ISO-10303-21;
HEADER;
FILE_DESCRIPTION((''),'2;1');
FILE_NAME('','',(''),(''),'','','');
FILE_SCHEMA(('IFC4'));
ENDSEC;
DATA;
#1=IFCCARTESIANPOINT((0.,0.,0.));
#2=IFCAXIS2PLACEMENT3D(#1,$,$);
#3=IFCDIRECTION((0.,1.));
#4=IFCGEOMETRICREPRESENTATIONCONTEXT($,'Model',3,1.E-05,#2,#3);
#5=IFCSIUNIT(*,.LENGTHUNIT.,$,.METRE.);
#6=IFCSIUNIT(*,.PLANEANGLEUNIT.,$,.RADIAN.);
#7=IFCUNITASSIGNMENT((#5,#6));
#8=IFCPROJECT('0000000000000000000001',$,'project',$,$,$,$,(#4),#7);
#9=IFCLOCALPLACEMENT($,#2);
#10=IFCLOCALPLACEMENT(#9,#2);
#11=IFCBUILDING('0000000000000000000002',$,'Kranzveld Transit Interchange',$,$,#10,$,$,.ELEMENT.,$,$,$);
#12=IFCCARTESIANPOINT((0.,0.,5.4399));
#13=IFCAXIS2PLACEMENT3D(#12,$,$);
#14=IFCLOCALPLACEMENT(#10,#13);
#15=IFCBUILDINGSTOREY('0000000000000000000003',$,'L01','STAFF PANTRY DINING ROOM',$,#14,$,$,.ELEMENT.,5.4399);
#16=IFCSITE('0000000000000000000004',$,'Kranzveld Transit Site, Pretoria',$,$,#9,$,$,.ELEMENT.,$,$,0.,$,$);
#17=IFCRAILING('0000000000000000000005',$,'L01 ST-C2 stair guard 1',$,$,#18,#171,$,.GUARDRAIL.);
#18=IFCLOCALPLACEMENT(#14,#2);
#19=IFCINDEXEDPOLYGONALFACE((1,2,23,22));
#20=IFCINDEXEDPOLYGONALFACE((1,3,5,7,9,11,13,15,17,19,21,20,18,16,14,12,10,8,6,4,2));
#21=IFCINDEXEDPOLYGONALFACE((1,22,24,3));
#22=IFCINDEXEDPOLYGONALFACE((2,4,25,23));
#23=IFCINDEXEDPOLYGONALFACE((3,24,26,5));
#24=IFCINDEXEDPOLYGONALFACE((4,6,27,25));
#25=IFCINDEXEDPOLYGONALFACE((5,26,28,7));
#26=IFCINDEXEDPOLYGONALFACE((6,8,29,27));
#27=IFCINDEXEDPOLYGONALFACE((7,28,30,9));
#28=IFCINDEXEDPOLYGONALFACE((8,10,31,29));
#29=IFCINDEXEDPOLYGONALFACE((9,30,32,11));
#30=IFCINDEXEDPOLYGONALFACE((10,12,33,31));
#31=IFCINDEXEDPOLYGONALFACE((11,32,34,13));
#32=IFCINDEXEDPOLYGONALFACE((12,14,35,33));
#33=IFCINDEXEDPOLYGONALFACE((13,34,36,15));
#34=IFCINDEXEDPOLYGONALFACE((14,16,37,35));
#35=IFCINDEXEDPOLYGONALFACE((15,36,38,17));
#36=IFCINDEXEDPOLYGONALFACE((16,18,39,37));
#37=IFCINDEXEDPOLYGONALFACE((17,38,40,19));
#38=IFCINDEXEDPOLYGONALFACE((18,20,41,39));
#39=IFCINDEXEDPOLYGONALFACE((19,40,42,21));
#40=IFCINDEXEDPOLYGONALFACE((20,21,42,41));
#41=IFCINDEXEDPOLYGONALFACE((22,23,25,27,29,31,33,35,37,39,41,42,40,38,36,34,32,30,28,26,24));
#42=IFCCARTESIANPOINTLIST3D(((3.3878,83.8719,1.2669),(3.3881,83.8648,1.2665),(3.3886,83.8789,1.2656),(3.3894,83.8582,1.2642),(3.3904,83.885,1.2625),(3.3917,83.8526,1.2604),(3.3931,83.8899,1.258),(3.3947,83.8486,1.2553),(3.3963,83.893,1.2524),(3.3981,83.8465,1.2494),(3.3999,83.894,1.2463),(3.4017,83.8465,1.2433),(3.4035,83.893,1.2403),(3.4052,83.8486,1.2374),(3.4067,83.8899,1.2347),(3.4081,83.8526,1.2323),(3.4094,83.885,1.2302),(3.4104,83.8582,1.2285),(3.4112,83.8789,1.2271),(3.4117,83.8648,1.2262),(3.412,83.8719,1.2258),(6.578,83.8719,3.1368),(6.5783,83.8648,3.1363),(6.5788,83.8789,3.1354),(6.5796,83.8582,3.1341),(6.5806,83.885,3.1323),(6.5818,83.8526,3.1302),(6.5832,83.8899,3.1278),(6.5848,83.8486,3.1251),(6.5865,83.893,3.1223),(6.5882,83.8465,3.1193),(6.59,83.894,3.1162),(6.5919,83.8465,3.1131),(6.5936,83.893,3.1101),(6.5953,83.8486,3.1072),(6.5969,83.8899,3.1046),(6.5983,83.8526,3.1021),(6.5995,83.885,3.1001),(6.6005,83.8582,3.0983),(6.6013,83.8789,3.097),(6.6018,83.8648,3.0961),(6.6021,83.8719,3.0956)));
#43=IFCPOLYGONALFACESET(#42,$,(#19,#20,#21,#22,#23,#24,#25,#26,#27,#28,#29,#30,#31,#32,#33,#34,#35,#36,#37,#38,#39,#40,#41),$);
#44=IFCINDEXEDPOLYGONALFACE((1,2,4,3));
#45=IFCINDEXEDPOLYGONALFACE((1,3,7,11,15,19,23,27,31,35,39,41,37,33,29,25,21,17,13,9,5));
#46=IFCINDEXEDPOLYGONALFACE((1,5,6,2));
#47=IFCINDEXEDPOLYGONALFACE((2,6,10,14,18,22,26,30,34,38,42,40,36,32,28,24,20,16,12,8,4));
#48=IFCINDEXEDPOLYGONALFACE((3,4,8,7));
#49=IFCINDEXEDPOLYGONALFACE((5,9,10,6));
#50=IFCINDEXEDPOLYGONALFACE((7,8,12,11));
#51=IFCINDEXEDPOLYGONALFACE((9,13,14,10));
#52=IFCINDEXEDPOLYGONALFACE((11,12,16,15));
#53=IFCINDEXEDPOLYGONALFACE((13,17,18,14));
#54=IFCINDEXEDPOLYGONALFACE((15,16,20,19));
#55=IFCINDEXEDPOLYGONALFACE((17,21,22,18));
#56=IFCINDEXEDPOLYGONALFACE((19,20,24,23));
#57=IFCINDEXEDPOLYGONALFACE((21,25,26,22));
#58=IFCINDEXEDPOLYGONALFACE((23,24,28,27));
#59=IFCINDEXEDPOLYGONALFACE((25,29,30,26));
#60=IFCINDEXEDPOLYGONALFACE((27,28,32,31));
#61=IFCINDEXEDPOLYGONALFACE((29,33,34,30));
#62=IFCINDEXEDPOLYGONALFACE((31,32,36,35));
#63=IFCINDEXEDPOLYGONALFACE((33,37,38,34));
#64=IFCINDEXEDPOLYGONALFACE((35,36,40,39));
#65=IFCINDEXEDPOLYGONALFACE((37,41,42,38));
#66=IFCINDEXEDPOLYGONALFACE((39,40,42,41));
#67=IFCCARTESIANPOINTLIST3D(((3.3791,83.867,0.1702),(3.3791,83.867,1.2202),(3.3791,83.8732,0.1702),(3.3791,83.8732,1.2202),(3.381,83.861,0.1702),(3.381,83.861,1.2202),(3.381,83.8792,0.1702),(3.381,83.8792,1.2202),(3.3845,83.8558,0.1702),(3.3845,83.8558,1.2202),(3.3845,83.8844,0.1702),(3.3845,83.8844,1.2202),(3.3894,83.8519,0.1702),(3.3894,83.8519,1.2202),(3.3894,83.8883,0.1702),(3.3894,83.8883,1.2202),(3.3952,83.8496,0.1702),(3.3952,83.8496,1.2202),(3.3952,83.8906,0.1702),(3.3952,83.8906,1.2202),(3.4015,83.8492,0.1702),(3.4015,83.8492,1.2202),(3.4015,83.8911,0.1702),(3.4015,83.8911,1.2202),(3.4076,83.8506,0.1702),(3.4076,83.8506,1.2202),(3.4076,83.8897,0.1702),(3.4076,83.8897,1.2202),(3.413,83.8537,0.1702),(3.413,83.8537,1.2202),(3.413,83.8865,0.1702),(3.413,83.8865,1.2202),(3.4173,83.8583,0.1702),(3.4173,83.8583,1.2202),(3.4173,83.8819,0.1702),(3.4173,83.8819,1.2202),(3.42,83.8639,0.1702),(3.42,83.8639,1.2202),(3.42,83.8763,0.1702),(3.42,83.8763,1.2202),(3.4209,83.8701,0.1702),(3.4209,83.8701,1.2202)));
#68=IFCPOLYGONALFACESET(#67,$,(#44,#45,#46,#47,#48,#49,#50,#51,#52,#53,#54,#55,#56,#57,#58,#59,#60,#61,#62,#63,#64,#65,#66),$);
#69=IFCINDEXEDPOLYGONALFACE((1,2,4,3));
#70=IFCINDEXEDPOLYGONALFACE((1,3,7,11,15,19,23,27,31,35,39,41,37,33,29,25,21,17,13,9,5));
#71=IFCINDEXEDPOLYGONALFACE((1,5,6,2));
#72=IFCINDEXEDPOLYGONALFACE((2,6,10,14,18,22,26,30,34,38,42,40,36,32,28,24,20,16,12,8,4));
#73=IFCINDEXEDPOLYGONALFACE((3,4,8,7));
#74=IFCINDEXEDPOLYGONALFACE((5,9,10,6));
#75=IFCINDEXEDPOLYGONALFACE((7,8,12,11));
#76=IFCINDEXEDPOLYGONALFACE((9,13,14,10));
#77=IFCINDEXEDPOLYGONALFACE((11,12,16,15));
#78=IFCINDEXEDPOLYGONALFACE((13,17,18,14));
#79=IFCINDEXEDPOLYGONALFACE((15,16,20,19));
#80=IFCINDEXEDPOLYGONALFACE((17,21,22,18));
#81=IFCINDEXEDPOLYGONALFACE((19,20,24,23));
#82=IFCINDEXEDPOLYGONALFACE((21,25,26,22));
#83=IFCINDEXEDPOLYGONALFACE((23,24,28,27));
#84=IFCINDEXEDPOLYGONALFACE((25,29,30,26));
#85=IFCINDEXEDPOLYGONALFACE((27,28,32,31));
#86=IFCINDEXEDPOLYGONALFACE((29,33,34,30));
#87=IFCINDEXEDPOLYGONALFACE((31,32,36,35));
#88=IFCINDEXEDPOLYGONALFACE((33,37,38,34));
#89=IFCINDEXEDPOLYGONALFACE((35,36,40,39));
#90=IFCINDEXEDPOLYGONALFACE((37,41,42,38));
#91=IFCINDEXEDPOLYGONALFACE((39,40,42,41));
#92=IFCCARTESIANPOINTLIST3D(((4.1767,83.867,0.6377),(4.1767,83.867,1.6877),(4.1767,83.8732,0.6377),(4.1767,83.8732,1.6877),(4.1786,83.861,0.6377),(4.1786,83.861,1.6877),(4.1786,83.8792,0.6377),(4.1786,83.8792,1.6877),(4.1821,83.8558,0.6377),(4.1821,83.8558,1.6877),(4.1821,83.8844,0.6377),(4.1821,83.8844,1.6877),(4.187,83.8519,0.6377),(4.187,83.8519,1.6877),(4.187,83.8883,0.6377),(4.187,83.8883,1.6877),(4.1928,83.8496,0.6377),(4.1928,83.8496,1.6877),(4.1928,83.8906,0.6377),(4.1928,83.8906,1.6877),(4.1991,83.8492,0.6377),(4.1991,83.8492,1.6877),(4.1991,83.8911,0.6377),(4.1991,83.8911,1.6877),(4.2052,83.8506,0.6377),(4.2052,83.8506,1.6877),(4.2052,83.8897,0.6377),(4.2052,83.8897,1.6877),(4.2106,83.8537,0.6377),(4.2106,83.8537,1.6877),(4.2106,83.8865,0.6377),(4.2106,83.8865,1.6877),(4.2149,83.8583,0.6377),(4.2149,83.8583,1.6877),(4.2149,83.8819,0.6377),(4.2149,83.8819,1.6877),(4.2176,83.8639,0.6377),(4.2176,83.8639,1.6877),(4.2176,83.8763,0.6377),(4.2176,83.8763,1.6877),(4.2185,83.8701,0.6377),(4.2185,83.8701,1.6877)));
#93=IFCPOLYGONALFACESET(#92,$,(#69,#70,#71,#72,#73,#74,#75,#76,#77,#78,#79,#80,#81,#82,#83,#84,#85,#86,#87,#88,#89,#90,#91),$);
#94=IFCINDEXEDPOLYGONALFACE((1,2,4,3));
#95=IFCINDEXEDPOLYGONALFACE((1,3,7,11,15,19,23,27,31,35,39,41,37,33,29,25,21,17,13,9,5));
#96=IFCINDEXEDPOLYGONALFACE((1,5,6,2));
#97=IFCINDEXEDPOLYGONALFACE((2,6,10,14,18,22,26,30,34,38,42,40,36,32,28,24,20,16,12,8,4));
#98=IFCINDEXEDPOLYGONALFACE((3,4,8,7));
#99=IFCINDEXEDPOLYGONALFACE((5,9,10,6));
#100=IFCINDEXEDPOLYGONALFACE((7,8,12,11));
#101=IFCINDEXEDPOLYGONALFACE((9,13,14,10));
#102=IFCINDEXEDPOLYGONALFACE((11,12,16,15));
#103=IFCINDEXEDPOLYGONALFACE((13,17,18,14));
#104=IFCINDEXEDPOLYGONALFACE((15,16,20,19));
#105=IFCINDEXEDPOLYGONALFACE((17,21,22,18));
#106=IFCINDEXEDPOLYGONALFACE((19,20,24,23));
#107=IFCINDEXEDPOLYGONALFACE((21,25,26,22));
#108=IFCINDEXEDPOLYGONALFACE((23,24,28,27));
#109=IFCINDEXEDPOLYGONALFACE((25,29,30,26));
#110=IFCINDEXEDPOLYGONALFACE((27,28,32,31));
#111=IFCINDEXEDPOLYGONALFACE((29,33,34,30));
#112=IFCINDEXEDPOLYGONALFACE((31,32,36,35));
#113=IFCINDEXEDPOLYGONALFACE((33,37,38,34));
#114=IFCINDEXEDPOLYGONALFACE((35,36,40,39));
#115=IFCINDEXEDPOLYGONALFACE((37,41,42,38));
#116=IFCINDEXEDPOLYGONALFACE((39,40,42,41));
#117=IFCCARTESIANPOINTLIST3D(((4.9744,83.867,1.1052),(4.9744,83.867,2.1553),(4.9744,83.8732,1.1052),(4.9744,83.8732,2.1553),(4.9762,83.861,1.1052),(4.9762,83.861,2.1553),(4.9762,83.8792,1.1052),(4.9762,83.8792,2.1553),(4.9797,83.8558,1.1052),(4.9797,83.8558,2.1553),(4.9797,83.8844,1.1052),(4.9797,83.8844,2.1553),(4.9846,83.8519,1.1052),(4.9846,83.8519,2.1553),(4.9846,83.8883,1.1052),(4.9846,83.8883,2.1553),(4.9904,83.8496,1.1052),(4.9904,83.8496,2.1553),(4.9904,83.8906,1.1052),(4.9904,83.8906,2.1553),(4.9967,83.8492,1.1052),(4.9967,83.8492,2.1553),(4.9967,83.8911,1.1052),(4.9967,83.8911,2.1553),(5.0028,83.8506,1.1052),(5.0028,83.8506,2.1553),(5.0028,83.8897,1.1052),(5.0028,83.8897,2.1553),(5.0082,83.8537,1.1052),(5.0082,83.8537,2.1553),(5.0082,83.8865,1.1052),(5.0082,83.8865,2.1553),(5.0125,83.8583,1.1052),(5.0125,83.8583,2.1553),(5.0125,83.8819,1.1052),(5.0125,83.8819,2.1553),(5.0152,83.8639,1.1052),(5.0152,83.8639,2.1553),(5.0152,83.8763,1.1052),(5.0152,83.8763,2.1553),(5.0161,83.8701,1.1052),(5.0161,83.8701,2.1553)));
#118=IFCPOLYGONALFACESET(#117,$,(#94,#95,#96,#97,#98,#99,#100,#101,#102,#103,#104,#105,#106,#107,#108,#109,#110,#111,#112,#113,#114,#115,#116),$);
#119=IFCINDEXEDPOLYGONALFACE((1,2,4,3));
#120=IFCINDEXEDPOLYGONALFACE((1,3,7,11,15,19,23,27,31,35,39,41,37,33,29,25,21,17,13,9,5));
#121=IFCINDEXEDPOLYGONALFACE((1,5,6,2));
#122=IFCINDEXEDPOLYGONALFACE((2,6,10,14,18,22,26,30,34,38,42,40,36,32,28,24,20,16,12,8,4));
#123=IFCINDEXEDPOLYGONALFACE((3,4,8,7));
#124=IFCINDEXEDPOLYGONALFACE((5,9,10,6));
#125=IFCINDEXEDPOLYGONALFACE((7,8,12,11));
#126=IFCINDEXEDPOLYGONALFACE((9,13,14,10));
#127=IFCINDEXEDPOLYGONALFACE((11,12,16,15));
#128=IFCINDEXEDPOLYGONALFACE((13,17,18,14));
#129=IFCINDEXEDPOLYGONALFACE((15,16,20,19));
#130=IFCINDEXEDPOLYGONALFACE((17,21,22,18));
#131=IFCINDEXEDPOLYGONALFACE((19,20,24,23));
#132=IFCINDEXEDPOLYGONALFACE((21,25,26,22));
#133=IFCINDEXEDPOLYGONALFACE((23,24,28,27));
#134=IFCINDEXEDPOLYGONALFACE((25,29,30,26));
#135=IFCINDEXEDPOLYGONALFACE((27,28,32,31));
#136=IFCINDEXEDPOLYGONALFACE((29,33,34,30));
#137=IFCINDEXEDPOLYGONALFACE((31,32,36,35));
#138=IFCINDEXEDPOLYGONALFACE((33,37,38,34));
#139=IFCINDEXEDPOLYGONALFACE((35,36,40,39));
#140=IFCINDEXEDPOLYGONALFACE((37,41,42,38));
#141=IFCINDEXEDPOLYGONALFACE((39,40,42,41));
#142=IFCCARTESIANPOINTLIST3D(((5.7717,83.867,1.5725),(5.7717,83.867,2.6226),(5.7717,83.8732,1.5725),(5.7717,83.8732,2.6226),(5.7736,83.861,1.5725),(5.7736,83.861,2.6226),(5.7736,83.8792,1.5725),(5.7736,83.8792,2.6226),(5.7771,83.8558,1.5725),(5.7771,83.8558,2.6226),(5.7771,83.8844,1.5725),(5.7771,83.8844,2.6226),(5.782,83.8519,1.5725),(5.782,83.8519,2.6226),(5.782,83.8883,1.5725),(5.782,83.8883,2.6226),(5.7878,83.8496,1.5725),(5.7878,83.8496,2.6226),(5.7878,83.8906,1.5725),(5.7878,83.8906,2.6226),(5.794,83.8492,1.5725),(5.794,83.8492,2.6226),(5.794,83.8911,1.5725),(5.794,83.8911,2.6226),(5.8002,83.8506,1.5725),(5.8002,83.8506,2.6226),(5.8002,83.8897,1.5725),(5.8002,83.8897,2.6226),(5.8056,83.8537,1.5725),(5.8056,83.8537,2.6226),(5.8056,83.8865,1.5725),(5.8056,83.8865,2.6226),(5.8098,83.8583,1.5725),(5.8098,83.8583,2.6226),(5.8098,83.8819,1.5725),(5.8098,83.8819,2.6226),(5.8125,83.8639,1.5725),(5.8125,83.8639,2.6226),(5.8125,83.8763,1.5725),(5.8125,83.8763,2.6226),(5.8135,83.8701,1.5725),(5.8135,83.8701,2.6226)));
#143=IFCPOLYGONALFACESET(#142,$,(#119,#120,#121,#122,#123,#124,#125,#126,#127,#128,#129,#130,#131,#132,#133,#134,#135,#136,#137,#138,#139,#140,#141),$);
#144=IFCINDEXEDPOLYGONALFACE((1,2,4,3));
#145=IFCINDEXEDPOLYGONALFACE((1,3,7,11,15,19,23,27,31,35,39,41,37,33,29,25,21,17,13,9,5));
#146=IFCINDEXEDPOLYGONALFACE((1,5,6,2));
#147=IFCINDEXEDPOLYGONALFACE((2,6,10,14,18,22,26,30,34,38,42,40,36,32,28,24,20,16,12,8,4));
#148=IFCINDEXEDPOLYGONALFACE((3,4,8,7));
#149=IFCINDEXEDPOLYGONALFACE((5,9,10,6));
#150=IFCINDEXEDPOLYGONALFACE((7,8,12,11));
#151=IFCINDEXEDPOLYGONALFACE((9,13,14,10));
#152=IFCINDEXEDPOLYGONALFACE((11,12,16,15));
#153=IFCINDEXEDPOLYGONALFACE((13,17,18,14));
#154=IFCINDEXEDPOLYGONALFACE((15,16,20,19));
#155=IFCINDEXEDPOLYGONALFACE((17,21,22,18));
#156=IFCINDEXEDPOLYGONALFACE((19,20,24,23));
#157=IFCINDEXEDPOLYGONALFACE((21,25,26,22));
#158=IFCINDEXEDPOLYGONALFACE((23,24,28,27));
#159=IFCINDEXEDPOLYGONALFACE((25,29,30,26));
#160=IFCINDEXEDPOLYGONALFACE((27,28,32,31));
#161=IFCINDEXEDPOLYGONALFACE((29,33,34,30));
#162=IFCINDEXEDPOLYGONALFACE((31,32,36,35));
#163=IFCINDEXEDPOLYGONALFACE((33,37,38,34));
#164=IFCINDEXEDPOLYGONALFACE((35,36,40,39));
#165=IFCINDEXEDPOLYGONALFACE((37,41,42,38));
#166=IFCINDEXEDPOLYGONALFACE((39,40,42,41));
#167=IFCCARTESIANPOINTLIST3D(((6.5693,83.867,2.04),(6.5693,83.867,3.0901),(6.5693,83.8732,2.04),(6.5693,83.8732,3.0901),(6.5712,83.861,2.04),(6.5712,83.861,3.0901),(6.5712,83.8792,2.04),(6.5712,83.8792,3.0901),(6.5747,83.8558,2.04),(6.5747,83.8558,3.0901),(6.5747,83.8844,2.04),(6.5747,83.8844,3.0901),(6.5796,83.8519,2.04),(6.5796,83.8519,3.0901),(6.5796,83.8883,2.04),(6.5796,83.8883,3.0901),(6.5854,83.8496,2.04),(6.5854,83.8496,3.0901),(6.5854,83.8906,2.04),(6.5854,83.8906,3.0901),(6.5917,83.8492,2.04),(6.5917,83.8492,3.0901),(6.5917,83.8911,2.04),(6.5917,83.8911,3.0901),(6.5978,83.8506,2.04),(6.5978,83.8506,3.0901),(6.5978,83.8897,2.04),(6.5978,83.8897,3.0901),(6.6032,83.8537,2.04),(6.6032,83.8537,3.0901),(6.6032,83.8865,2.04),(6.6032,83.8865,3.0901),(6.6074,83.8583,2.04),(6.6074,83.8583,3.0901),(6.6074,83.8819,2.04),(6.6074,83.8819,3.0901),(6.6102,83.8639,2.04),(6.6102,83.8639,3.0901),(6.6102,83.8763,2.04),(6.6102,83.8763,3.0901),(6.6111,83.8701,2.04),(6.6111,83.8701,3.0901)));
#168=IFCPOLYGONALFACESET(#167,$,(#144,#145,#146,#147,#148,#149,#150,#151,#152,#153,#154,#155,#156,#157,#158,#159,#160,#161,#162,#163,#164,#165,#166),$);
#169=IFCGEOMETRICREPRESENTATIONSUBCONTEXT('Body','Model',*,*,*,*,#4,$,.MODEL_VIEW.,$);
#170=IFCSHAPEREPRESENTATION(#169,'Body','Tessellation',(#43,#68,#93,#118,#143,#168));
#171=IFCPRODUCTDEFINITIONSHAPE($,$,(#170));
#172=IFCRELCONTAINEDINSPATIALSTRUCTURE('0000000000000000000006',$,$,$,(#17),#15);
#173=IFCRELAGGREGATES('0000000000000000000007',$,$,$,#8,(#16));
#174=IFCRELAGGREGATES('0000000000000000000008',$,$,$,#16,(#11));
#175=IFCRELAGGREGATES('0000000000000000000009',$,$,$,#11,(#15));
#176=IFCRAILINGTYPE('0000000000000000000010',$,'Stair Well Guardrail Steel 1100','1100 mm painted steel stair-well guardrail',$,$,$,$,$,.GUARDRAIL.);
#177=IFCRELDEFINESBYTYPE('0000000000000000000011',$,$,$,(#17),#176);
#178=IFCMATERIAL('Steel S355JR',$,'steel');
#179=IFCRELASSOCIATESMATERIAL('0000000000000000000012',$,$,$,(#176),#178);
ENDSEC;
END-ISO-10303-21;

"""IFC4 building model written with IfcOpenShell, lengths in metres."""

from ifc_helpers import new_model, si_unit, direction, frame, origin, origin_2d, place, context, subcontext, project, spatial, circle, extrude, material, type_object, element, save


model = new_model("IFC4")

# Units and contexts
model_context = context("Model", 3, precision=1e-05, world=origin(), true_north=direction((0.0, 1.0)))
body_context = subcontext(model_context, "Body", "Model", "MODEL_VIEW")
ifc_project = project(units=[si_unit("LENGTHUNIT", "METRE"), si_unit("PLANEANGLEUNIT", "RADIAN")], contexts=[model_context])

# Site, building, storey
site_placement = place(None, origin())
site = spatial("IfcSite", under=ifc_project, at=site_placement, Name="Kranzveld Transit Site, Pretoria", CompositionType="ELEMENT", RefElevation=0.0)
building_placement = place(site_placement, origin())
building = spatial("IfcBuilding", under=site, at=building_placement, Name="Kranzveld Transit Interchange", CompositionType="ELEMENT")
storey_placement = place(building_placement, frame((0.0, 0.0, 5.4399)))
storey = spatial("IfcBuildingStorey", under=building, at=storey_placement, Name="L01", Description="STAFF PANTRY DINING ROOM", CompositionType="ELEMENT", Elevation=5.4399)

# Railing
ifc_material_1 = material(Name="Steel S355JR", Category="steel")
railing_type_1 = type_object("IfcRailingType", Name="Stair Well Guardrail Steel 1100", Description="1100 mm painted steel stair-well guardrail", PredefinedType="GUARDRAIL", material=ifc_material_1)
railing_1_placement = place(storey_placement, frame((3.3999, 83.8701, 0.1702)))
element("IfcRailing", 1, at=railing_1_placement, inside=storey, type_object=railing_type_1, Name="L01 ST-C2 stair guard 1", PredefinedType="GUARDRAIL", context=body_context, shape_type="SweptSolid", body=[
    extrude(circle(Radius=0.0239, at=origin_2d()), frame((0.0, 0.0, 1.0762), z_axis=(0.862726, 0.0, 0.505672), x_axis=(0.0, 1.0, 0.0)), (0.0, 0.0, 1.0), 3.6978),
    extrude(circle(Radius=0.021, at=origin_2d()), origin(), (0.0, 0.0, 1.0), 1.05),
    extrude(circle(Radius=0.021, at=origin_2d()), frame((0.7976, 0.0, 0.4675)), (0.0, 0.0, 1.0), 1.05),
    extrude(circle(Radius=0.021, at=origin_2d()), frame((1.5952, 0.0, 0.9351)), (0.0, 0.0, 1.0), 1.05),
    extrude(circle(Radius=0.021, at=origin_2d()), frame((2.3926, 0.0, 1.4023)), (0.0, 0.0, 1.0), 1.05),
    extrude(circle(Radius=0.021, at=origin_2d()), frame((3.1902, 0.0, 1.8699)), (0.0, 0.0, 1.0), 1.05),
])

save(model, "model.ifc")
